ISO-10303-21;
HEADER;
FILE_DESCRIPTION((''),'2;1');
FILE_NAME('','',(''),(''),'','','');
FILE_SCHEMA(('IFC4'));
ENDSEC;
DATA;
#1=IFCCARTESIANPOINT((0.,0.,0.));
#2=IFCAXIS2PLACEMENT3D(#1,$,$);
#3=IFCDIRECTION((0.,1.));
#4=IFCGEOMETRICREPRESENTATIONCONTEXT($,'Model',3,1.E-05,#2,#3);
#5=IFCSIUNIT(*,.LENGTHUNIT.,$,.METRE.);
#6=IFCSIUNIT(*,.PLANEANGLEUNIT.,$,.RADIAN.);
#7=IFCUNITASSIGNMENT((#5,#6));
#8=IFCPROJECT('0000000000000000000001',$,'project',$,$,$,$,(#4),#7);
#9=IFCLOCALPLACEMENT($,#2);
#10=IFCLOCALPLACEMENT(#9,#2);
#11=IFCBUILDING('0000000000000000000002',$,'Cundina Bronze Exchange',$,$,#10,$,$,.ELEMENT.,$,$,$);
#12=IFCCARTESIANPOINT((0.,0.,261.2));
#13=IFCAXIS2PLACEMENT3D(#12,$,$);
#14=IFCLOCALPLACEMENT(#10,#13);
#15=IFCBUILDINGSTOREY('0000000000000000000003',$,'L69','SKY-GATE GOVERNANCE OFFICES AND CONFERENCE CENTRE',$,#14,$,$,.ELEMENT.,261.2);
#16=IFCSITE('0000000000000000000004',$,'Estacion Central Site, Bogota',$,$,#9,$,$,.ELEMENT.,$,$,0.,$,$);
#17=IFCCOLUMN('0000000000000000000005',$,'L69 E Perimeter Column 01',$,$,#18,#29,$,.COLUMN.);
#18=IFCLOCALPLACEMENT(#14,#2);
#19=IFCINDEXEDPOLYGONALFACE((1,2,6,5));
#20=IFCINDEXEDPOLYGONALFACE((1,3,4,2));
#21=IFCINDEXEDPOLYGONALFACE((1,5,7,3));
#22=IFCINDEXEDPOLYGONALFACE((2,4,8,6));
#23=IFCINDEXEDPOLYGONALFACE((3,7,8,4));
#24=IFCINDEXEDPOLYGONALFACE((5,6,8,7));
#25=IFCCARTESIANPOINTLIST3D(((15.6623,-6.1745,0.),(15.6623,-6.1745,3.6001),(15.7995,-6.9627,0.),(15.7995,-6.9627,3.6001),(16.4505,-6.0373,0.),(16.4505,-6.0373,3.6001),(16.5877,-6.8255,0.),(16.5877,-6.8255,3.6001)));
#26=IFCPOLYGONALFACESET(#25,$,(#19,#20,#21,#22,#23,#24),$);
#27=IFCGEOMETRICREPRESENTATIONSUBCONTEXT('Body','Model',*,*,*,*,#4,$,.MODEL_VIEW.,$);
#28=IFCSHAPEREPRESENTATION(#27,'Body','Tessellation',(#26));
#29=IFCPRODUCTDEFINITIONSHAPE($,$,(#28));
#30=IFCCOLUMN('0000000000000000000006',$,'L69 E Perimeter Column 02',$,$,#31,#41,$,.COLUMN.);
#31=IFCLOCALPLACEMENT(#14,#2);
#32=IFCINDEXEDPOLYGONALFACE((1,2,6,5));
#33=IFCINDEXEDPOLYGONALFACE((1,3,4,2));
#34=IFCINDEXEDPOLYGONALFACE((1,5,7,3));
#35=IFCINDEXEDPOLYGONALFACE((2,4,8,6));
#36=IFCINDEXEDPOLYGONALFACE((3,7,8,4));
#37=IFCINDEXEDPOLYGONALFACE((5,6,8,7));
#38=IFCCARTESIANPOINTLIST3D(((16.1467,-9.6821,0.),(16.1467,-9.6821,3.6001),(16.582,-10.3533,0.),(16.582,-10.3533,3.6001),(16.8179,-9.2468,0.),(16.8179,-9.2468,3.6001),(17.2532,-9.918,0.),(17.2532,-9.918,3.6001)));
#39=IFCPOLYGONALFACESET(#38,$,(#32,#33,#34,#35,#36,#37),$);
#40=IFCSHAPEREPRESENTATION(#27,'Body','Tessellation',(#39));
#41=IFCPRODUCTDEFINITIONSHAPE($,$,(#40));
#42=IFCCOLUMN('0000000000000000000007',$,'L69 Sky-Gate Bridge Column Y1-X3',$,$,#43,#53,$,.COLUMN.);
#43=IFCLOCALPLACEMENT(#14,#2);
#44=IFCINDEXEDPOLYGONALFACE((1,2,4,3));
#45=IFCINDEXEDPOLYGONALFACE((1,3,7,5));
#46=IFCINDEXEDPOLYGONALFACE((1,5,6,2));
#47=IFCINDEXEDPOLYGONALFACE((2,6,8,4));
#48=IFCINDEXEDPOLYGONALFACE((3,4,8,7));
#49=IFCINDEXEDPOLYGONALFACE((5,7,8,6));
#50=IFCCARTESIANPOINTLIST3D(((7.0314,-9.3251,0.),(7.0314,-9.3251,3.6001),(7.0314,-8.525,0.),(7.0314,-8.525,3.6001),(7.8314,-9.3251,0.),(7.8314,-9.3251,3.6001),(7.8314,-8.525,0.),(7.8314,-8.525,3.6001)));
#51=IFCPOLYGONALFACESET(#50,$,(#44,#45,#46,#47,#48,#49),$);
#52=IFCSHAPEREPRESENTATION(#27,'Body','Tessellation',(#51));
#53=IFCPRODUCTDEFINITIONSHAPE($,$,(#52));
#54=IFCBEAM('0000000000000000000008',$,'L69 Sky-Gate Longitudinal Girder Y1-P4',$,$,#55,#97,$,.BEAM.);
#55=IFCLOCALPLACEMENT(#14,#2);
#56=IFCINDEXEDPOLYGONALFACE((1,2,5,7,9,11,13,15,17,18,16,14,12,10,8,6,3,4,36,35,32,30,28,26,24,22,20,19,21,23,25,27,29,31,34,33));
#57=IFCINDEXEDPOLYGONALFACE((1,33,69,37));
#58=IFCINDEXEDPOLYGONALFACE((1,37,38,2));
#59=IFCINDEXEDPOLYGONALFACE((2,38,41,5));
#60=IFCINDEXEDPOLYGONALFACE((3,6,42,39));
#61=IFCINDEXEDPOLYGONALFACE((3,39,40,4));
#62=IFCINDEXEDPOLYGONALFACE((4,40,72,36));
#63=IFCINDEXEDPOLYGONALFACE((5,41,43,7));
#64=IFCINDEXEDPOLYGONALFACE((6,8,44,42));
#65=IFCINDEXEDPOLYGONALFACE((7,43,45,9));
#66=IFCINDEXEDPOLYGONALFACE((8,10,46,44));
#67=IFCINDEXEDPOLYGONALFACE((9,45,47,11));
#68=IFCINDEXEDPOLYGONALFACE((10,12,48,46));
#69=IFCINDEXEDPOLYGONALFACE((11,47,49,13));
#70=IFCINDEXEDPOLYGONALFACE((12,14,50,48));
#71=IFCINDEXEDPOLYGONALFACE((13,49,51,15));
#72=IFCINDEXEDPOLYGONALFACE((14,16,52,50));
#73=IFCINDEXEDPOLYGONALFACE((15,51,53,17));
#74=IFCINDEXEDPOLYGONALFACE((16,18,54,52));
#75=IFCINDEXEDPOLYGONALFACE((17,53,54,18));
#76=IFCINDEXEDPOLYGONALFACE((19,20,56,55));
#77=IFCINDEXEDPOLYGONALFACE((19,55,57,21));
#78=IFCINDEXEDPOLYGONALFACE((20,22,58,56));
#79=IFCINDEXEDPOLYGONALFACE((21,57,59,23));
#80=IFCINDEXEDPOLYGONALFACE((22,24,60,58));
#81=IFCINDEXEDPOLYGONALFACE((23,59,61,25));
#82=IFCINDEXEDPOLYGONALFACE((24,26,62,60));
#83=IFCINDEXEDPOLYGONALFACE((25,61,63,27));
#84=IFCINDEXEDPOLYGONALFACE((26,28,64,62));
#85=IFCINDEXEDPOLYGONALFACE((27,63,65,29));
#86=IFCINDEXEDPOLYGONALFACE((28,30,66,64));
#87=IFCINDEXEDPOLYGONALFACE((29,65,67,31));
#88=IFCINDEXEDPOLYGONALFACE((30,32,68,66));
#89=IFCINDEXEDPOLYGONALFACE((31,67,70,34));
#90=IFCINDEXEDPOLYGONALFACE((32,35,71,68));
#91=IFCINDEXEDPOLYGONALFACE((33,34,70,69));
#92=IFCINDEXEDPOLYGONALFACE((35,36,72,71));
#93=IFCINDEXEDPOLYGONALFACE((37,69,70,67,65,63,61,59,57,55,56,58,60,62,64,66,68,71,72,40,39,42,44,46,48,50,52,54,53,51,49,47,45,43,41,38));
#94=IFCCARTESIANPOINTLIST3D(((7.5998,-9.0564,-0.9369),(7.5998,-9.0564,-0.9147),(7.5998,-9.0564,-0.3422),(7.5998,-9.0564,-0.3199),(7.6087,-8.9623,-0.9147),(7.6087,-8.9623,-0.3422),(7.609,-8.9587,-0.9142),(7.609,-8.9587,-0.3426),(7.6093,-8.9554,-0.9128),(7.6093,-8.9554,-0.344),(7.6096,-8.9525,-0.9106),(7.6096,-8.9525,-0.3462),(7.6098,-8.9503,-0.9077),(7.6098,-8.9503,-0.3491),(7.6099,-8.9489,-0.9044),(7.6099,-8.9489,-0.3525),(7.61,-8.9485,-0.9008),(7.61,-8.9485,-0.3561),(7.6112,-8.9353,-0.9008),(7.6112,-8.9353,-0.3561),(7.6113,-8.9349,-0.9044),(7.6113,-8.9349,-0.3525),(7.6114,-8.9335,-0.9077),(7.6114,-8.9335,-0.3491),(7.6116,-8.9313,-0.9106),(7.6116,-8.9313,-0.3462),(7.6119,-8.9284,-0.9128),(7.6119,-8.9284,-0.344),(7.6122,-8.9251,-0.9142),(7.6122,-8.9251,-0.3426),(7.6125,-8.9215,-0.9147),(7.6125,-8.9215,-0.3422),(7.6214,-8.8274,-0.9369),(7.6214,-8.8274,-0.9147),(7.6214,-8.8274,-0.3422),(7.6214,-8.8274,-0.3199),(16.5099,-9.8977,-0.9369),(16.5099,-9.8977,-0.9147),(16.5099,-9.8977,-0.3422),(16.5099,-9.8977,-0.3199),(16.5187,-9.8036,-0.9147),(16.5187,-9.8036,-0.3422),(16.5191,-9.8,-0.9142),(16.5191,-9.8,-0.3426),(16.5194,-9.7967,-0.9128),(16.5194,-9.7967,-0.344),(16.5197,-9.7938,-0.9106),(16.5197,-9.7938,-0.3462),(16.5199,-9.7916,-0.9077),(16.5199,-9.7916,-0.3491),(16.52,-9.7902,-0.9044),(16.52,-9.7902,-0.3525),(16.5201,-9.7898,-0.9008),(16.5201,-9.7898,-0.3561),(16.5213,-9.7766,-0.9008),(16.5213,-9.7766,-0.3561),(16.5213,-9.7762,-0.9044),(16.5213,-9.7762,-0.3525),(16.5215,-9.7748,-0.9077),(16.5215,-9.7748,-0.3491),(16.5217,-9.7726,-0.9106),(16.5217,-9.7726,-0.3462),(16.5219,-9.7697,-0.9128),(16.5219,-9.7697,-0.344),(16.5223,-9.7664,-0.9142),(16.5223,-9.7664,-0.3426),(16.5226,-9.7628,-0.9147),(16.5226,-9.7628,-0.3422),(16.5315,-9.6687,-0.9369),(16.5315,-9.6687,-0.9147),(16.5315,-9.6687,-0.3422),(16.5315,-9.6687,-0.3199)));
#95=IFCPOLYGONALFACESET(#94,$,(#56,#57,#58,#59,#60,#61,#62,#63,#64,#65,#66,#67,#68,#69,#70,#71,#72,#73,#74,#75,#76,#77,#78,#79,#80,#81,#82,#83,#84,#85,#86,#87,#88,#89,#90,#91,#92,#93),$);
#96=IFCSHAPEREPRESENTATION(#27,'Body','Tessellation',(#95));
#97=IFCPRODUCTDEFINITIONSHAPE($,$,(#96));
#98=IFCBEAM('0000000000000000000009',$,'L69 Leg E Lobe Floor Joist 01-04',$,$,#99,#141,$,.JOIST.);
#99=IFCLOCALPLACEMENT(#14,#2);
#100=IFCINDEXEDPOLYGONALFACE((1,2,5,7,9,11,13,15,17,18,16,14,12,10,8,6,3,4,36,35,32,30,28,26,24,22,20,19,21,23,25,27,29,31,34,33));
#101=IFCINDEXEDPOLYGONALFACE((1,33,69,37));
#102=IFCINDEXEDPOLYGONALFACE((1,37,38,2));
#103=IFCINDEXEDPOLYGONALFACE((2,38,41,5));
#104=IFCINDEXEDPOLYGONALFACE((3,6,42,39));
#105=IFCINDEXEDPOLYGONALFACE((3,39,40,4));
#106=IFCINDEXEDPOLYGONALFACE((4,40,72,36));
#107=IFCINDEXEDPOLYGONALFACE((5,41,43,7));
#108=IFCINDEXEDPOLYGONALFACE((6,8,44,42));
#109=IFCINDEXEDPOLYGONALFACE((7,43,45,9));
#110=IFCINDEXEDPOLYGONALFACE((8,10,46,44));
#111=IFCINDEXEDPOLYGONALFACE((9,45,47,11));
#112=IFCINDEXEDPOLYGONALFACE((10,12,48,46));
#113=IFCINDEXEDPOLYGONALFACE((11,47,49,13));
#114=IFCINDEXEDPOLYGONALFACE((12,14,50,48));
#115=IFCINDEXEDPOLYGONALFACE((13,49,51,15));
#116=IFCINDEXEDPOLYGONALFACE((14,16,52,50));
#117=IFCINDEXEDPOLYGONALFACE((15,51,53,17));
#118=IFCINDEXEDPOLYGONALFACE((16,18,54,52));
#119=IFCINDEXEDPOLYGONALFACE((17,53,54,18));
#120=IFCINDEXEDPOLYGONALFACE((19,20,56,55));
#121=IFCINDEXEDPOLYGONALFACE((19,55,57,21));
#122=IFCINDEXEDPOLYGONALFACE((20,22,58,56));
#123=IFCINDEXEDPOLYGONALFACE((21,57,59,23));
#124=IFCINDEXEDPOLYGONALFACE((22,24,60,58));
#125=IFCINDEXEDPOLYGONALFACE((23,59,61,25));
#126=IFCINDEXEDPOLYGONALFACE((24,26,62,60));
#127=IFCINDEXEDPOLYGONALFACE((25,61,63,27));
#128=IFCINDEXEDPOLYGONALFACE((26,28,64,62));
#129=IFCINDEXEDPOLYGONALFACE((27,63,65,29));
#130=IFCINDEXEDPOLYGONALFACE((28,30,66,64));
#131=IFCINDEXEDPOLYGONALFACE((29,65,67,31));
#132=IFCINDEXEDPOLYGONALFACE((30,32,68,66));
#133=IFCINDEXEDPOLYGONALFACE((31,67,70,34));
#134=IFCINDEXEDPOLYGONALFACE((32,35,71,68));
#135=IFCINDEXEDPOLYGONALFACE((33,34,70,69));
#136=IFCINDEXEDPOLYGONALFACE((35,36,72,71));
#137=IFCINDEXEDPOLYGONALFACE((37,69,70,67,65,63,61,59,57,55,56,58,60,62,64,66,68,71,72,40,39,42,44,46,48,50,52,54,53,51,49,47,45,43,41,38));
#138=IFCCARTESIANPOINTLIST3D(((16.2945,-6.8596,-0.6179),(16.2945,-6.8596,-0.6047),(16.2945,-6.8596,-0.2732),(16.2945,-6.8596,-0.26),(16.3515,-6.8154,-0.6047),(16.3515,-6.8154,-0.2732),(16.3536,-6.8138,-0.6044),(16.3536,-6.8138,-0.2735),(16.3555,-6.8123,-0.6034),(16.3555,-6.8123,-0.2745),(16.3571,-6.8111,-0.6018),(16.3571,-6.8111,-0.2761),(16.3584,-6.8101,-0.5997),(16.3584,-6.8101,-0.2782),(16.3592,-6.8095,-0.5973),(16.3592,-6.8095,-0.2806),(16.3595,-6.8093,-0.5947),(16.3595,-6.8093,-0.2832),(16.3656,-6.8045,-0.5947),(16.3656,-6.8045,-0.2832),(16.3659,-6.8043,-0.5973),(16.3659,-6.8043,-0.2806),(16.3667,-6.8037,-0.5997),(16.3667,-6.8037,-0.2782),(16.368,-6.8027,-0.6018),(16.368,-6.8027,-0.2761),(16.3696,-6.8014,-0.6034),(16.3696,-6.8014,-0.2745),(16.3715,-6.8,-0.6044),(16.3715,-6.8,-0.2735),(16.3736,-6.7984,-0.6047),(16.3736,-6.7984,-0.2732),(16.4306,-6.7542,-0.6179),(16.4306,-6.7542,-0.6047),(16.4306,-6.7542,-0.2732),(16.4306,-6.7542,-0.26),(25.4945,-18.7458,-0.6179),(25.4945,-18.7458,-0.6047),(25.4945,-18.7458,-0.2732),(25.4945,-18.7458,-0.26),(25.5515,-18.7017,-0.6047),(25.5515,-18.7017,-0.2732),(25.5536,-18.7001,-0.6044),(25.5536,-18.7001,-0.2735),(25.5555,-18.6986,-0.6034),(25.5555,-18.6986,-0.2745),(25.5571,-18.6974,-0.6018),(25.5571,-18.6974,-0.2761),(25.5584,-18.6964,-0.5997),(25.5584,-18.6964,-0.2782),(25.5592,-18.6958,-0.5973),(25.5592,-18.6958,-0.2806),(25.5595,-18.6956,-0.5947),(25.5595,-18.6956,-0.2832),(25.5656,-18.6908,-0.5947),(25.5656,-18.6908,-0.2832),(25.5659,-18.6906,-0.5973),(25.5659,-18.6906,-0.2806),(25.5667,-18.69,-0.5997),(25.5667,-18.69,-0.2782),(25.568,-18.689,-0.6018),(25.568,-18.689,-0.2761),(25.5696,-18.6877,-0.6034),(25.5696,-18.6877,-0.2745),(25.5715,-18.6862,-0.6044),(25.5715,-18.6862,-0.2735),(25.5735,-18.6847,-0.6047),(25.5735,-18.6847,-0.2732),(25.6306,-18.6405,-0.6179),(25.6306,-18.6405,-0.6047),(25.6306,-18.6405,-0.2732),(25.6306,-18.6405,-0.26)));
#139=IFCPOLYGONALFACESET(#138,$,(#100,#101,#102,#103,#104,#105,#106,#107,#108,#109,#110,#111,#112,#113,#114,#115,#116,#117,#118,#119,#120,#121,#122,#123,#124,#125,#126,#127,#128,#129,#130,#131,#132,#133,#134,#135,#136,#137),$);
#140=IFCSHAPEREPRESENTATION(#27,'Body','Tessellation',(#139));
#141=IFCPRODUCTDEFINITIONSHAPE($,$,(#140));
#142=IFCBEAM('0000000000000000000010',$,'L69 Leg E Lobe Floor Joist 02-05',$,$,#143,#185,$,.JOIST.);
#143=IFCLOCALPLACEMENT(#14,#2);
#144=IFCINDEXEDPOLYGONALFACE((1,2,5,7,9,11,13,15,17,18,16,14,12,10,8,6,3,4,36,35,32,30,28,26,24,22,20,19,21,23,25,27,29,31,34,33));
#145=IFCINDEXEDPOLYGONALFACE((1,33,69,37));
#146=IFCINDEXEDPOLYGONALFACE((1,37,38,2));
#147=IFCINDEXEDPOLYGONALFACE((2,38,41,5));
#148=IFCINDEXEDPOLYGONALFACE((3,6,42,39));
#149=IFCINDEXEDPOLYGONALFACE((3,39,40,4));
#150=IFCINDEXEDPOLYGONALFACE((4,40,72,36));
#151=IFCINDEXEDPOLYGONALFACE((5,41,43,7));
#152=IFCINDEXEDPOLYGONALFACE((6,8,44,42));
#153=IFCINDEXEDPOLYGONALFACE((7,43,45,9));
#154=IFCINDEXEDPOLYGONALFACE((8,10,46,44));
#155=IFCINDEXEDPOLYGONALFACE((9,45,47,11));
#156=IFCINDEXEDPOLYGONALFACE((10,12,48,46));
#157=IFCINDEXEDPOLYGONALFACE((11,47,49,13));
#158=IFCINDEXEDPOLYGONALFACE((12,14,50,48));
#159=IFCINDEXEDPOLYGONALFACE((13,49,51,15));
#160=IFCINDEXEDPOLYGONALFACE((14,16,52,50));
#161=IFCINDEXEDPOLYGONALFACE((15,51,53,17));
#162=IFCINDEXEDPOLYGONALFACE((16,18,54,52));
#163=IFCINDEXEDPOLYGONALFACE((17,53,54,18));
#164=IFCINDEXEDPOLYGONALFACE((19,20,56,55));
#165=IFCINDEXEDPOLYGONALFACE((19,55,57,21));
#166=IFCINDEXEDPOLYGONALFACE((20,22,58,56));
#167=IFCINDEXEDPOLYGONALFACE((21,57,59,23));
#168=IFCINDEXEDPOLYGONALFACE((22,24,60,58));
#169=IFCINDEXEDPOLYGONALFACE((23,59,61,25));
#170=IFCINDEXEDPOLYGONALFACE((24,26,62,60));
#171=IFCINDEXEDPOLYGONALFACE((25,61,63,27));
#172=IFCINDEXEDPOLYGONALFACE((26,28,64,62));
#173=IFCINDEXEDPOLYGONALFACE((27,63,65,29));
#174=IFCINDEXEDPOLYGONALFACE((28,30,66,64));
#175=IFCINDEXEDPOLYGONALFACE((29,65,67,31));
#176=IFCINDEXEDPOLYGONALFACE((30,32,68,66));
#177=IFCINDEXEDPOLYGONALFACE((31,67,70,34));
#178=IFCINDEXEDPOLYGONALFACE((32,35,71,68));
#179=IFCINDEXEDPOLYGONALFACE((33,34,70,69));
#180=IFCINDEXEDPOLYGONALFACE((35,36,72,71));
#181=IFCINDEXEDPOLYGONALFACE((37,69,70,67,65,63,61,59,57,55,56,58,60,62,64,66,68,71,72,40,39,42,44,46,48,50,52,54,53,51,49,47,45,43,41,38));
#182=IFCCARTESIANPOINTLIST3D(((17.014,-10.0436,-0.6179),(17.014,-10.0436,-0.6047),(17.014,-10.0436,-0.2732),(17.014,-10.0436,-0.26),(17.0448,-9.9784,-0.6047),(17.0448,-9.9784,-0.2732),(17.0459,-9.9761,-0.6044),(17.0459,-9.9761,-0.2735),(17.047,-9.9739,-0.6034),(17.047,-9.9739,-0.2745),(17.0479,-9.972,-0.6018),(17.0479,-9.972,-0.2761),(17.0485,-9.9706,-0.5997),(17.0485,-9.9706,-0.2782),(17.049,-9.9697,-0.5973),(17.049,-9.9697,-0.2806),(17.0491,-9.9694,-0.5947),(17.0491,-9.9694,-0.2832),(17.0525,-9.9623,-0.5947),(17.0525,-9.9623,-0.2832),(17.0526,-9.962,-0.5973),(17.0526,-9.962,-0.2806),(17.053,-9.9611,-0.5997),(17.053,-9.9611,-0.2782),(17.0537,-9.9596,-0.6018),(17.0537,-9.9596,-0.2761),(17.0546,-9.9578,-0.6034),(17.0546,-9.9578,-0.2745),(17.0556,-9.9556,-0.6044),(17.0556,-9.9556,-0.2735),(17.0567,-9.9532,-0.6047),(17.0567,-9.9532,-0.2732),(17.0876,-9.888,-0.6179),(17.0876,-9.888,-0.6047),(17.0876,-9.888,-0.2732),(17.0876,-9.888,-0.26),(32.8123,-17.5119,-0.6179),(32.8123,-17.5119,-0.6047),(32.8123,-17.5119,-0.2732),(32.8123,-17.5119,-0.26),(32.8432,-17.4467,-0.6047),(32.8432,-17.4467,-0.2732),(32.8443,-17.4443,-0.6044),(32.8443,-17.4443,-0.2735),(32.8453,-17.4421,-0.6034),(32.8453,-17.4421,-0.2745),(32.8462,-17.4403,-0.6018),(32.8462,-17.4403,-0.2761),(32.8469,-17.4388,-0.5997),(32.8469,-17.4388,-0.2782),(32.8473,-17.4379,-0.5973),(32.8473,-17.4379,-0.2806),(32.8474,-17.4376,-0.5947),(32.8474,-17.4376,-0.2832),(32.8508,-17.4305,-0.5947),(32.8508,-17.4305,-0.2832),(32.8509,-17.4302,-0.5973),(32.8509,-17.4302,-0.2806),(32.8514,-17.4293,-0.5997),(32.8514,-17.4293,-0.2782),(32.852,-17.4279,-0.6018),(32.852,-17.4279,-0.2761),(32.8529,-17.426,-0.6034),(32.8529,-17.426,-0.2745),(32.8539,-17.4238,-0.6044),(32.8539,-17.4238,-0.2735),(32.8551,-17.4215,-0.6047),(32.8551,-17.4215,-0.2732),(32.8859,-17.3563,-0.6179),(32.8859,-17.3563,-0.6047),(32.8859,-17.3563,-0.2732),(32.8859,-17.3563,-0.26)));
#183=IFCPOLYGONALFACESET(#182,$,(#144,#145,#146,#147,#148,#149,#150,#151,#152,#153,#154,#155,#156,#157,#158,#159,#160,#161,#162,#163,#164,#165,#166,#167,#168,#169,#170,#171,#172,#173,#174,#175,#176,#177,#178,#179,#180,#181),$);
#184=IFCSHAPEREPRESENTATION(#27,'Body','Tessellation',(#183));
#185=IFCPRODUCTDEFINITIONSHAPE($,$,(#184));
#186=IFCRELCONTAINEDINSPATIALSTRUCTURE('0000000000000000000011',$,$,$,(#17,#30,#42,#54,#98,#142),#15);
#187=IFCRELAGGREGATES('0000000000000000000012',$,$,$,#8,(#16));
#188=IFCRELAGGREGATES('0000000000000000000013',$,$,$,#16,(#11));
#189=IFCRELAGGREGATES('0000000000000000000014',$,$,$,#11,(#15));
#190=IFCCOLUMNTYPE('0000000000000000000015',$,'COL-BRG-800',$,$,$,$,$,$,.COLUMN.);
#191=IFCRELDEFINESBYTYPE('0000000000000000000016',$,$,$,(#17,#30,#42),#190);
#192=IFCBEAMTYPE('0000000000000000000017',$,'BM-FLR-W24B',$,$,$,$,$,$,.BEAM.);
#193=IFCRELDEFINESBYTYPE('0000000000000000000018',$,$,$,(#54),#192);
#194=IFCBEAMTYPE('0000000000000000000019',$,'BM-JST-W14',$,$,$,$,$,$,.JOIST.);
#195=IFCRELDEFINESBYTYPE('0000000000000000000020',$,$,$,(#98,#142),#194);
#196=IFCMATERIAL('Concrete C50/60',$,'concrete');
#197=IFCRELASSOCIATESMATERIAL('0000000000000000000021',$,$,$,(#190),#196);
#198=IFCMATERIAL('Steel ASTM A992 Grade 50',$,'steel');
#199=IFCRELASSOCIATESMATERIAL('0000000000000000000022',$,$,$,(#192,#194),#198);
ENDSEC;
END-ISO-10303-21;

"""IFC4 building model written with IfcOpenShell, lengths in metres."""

from ifc_helpers import new_model, si_unit, direction, frame, origin, origin_2d, place, context, subcontext, project, spatial, rectangle, i_section, extrude, material, material_profile, profile_set, type_object, element, save


model = new_model("IFC4")

# Units and contexts
model_context = context("Model", 3, precision=1e-05, world=origin(), true_north=direction((0.0, 1.0)))
body_context = subcontext(model_context, "Body", "Model", "MODEL_VIEW")
ifc_project = project(units=[si_unit("LENGTHUNIT", "METRE"), si_unit("PLANEANGLEUNIT", "RADIAN")], contexts=[model_context])

# Site, building, storey
site_placement = place(None, origin())
site = spatial("IfcSite", under=ifc_project, at=site_placement, Name="Estacion Central Site, Bogota", CompositionType="ELEMENT", RefElevation=0.0)
building_placement = place(site_placement, origin())
building = spatial("IfcBuilding", under=site, at=building_placement, Name="Cundina Bronze Exchange", CompositionType="ELEMENT")
storey_placement = place(building_placement, frame((0.0, 0.0, 261.2)))
storey = spatial("IfcBuildingStorey", under=building, at=storey_placement, Name="L69", Description="SKY-GATE GOVERNANCE OFFICES AND CONFERENCE CENTRE", CompositionType="ELEMENT", Elevation=261.2)

# Columns
ifc_material_1 = material(Name="Concrete C50/60", Category="concrete")
ifc_material_profile_1 = material_profile(ifc_material_1, rectangle(XDim=0.8, YDim=0.8, at=origin_2d()), Name="RC800X800", Category="concrete")
ifc_profile_set_1 = profile_set([ifc_material_profile_1], Name="Concrete C50/60")
column_type = type_object("IfcColumnType", Name="COL-BRG-800", PredefinedType="COLUMN", material=ifc_profile_set_1)
for number, where, z_axis, x_axis, name in (
    (1, (16.125, -6.5, 0.0), (0.0, 0.0, 1.0), (0.171585, -0.985169, 0.0), "L69 E Perimeter Column 01"),
    (2, (16.7, -9.8, 0.0), (0.0, 0.0, 1.0), (0.5442, -0.838956, 0.0), "L69 E Perimeter Column 02"),
    (3, (7.4314, -8.925, 0.0), (0.0, 0.0, 1.0), (1.0, 0.0, 0.0), "L69 Sky-Gate Bridge Column Y1-X3"),
):
    element("IfcColumn", number, at=place(storey_placement, frame(where, z_axis=z_axis, x_axis=x_axis)), inside=storey, type_object=column_type, Name=name, PredefinedType="COLUMN", context=body_context, shape_type="SweptSolid", body=[
        extrude(rectangle(XDim=0.8, YDim=0.8, at=origin_2d()), origin(), (0.0, 0.0, 1.0), 3.6001),
    ])

# Beams
ifc_material_2 = material(Name="Steel ASTM A992 Grade 50", Category="steel")
ifc_material_profile_2 = material_profile(ifc_material_2, i_section(OverallWidth=0.23, OverallDepth=0.6169, WebThickness=0.0132, FlangeThickness=0.0222, FilletRadius=0.0139, at=origin_2d()), Name="W24X94", Category="steel")
ifc_profile_set_2 = profile_set([ifc_material_profile_2], Name="Steel ASTM A992 Grade 50")
beam_type_1 = type_object("IfcBeamType", Name="BM-FLR-W24B", PredefinedType="BEAM", material=ifc_profile_set_2)
beam_1_placement = place(storey_placement, frame((7.6106, -8.9419, -0.6284), z_axis=(0.995572, -0.094003, 0.0), x_axis=(0.094003, 0.995572, 0.0)))
element("IfcBeam", 4, at=beam_1_placement, inside=storey, type_object=beam_type_1, Name="L69 Sky-Gate Longitudinal Girder Y1-P4", PredefinedType="BEAM", context=body_context, shape_type="SweptSolid", body=[
    extrude(i_section(OverallWidth=0.23, OverallDepth=0.6169, WebThickness=0.0132, FlangeThickness=0.0222, FilletRadius=0.0139, at=origin_2d()), origin(), (0.0, 0.0, 1.0), 8.9497),
])
ifc_material_profile_3 = material_profile(ifc_material_2, i_section(OverallWidth=0.1721, OverallDepth=0.3579, WebThickness=0.0078, FlangeThickness=0.0132, FilletRadius=0.01, at=origin_2d()), Name="W14X38", Category="steel")
ifc_profile_set_3 = profile_set([ifc_material_profile_3], Name="Steel ASTM A992 Grade 50")
beam_type_2 = type_object("IfcBeamType", Name="BM-JST-W14", PredefinedType="JOIST", material=ifc_profile_set_3)
beam_2_placement = place(storey_placement, frame((16.3625, -6.8069, -0.439), z_axis=(0.612078, -0.790798, 0.0), x_axis=(0.790798, 0.612078, 0.0)))
element("IfcBeam", 5, at=beam_2_placement, inside=storey, type_object=beam_type_2, Name="L69 Leg E Lobe Floor Joist 01-04", PredefinedType="JOIST", context=body_context, shape_type="SweptSolid", body=[
    extrude(i_section(OverallWidth=0.1721, OverallDepth=0.3579, WebThickness=0.0078, FlangeThickness=0.0132, FilletRadius=0.01, at=origin_2d()), origin(), (0.0, 0.0, 1.0), 15.0308),
])
beam_3_placement = place(storey_placement, frame((17.0508, -9.9658, -0.439), z_axis=(0.904073, -0.427378, 0.0), x_axis=(0.427378, 0.904073, 0.0)))
element("IfcBeam", 6, at=beam_3_placement, inside=storey, type_object=beam_type_2, Name="L69 Leg E Lobe Floor Joist 02-05", PredefinedType="JOIST", context=body_context, shape_type="SweptSolid", body=[
    extrude(i_section(OverallWidth=0.1721, OverallDepth=0.3579, WebThickness=0.0078, FlangeThickness=0.0132, FilletRadius=0.01, at=origin_2d()), origin(), (0.0, 0.0, 1.0), 17.4746),
])

save(model, "model.ifc")
